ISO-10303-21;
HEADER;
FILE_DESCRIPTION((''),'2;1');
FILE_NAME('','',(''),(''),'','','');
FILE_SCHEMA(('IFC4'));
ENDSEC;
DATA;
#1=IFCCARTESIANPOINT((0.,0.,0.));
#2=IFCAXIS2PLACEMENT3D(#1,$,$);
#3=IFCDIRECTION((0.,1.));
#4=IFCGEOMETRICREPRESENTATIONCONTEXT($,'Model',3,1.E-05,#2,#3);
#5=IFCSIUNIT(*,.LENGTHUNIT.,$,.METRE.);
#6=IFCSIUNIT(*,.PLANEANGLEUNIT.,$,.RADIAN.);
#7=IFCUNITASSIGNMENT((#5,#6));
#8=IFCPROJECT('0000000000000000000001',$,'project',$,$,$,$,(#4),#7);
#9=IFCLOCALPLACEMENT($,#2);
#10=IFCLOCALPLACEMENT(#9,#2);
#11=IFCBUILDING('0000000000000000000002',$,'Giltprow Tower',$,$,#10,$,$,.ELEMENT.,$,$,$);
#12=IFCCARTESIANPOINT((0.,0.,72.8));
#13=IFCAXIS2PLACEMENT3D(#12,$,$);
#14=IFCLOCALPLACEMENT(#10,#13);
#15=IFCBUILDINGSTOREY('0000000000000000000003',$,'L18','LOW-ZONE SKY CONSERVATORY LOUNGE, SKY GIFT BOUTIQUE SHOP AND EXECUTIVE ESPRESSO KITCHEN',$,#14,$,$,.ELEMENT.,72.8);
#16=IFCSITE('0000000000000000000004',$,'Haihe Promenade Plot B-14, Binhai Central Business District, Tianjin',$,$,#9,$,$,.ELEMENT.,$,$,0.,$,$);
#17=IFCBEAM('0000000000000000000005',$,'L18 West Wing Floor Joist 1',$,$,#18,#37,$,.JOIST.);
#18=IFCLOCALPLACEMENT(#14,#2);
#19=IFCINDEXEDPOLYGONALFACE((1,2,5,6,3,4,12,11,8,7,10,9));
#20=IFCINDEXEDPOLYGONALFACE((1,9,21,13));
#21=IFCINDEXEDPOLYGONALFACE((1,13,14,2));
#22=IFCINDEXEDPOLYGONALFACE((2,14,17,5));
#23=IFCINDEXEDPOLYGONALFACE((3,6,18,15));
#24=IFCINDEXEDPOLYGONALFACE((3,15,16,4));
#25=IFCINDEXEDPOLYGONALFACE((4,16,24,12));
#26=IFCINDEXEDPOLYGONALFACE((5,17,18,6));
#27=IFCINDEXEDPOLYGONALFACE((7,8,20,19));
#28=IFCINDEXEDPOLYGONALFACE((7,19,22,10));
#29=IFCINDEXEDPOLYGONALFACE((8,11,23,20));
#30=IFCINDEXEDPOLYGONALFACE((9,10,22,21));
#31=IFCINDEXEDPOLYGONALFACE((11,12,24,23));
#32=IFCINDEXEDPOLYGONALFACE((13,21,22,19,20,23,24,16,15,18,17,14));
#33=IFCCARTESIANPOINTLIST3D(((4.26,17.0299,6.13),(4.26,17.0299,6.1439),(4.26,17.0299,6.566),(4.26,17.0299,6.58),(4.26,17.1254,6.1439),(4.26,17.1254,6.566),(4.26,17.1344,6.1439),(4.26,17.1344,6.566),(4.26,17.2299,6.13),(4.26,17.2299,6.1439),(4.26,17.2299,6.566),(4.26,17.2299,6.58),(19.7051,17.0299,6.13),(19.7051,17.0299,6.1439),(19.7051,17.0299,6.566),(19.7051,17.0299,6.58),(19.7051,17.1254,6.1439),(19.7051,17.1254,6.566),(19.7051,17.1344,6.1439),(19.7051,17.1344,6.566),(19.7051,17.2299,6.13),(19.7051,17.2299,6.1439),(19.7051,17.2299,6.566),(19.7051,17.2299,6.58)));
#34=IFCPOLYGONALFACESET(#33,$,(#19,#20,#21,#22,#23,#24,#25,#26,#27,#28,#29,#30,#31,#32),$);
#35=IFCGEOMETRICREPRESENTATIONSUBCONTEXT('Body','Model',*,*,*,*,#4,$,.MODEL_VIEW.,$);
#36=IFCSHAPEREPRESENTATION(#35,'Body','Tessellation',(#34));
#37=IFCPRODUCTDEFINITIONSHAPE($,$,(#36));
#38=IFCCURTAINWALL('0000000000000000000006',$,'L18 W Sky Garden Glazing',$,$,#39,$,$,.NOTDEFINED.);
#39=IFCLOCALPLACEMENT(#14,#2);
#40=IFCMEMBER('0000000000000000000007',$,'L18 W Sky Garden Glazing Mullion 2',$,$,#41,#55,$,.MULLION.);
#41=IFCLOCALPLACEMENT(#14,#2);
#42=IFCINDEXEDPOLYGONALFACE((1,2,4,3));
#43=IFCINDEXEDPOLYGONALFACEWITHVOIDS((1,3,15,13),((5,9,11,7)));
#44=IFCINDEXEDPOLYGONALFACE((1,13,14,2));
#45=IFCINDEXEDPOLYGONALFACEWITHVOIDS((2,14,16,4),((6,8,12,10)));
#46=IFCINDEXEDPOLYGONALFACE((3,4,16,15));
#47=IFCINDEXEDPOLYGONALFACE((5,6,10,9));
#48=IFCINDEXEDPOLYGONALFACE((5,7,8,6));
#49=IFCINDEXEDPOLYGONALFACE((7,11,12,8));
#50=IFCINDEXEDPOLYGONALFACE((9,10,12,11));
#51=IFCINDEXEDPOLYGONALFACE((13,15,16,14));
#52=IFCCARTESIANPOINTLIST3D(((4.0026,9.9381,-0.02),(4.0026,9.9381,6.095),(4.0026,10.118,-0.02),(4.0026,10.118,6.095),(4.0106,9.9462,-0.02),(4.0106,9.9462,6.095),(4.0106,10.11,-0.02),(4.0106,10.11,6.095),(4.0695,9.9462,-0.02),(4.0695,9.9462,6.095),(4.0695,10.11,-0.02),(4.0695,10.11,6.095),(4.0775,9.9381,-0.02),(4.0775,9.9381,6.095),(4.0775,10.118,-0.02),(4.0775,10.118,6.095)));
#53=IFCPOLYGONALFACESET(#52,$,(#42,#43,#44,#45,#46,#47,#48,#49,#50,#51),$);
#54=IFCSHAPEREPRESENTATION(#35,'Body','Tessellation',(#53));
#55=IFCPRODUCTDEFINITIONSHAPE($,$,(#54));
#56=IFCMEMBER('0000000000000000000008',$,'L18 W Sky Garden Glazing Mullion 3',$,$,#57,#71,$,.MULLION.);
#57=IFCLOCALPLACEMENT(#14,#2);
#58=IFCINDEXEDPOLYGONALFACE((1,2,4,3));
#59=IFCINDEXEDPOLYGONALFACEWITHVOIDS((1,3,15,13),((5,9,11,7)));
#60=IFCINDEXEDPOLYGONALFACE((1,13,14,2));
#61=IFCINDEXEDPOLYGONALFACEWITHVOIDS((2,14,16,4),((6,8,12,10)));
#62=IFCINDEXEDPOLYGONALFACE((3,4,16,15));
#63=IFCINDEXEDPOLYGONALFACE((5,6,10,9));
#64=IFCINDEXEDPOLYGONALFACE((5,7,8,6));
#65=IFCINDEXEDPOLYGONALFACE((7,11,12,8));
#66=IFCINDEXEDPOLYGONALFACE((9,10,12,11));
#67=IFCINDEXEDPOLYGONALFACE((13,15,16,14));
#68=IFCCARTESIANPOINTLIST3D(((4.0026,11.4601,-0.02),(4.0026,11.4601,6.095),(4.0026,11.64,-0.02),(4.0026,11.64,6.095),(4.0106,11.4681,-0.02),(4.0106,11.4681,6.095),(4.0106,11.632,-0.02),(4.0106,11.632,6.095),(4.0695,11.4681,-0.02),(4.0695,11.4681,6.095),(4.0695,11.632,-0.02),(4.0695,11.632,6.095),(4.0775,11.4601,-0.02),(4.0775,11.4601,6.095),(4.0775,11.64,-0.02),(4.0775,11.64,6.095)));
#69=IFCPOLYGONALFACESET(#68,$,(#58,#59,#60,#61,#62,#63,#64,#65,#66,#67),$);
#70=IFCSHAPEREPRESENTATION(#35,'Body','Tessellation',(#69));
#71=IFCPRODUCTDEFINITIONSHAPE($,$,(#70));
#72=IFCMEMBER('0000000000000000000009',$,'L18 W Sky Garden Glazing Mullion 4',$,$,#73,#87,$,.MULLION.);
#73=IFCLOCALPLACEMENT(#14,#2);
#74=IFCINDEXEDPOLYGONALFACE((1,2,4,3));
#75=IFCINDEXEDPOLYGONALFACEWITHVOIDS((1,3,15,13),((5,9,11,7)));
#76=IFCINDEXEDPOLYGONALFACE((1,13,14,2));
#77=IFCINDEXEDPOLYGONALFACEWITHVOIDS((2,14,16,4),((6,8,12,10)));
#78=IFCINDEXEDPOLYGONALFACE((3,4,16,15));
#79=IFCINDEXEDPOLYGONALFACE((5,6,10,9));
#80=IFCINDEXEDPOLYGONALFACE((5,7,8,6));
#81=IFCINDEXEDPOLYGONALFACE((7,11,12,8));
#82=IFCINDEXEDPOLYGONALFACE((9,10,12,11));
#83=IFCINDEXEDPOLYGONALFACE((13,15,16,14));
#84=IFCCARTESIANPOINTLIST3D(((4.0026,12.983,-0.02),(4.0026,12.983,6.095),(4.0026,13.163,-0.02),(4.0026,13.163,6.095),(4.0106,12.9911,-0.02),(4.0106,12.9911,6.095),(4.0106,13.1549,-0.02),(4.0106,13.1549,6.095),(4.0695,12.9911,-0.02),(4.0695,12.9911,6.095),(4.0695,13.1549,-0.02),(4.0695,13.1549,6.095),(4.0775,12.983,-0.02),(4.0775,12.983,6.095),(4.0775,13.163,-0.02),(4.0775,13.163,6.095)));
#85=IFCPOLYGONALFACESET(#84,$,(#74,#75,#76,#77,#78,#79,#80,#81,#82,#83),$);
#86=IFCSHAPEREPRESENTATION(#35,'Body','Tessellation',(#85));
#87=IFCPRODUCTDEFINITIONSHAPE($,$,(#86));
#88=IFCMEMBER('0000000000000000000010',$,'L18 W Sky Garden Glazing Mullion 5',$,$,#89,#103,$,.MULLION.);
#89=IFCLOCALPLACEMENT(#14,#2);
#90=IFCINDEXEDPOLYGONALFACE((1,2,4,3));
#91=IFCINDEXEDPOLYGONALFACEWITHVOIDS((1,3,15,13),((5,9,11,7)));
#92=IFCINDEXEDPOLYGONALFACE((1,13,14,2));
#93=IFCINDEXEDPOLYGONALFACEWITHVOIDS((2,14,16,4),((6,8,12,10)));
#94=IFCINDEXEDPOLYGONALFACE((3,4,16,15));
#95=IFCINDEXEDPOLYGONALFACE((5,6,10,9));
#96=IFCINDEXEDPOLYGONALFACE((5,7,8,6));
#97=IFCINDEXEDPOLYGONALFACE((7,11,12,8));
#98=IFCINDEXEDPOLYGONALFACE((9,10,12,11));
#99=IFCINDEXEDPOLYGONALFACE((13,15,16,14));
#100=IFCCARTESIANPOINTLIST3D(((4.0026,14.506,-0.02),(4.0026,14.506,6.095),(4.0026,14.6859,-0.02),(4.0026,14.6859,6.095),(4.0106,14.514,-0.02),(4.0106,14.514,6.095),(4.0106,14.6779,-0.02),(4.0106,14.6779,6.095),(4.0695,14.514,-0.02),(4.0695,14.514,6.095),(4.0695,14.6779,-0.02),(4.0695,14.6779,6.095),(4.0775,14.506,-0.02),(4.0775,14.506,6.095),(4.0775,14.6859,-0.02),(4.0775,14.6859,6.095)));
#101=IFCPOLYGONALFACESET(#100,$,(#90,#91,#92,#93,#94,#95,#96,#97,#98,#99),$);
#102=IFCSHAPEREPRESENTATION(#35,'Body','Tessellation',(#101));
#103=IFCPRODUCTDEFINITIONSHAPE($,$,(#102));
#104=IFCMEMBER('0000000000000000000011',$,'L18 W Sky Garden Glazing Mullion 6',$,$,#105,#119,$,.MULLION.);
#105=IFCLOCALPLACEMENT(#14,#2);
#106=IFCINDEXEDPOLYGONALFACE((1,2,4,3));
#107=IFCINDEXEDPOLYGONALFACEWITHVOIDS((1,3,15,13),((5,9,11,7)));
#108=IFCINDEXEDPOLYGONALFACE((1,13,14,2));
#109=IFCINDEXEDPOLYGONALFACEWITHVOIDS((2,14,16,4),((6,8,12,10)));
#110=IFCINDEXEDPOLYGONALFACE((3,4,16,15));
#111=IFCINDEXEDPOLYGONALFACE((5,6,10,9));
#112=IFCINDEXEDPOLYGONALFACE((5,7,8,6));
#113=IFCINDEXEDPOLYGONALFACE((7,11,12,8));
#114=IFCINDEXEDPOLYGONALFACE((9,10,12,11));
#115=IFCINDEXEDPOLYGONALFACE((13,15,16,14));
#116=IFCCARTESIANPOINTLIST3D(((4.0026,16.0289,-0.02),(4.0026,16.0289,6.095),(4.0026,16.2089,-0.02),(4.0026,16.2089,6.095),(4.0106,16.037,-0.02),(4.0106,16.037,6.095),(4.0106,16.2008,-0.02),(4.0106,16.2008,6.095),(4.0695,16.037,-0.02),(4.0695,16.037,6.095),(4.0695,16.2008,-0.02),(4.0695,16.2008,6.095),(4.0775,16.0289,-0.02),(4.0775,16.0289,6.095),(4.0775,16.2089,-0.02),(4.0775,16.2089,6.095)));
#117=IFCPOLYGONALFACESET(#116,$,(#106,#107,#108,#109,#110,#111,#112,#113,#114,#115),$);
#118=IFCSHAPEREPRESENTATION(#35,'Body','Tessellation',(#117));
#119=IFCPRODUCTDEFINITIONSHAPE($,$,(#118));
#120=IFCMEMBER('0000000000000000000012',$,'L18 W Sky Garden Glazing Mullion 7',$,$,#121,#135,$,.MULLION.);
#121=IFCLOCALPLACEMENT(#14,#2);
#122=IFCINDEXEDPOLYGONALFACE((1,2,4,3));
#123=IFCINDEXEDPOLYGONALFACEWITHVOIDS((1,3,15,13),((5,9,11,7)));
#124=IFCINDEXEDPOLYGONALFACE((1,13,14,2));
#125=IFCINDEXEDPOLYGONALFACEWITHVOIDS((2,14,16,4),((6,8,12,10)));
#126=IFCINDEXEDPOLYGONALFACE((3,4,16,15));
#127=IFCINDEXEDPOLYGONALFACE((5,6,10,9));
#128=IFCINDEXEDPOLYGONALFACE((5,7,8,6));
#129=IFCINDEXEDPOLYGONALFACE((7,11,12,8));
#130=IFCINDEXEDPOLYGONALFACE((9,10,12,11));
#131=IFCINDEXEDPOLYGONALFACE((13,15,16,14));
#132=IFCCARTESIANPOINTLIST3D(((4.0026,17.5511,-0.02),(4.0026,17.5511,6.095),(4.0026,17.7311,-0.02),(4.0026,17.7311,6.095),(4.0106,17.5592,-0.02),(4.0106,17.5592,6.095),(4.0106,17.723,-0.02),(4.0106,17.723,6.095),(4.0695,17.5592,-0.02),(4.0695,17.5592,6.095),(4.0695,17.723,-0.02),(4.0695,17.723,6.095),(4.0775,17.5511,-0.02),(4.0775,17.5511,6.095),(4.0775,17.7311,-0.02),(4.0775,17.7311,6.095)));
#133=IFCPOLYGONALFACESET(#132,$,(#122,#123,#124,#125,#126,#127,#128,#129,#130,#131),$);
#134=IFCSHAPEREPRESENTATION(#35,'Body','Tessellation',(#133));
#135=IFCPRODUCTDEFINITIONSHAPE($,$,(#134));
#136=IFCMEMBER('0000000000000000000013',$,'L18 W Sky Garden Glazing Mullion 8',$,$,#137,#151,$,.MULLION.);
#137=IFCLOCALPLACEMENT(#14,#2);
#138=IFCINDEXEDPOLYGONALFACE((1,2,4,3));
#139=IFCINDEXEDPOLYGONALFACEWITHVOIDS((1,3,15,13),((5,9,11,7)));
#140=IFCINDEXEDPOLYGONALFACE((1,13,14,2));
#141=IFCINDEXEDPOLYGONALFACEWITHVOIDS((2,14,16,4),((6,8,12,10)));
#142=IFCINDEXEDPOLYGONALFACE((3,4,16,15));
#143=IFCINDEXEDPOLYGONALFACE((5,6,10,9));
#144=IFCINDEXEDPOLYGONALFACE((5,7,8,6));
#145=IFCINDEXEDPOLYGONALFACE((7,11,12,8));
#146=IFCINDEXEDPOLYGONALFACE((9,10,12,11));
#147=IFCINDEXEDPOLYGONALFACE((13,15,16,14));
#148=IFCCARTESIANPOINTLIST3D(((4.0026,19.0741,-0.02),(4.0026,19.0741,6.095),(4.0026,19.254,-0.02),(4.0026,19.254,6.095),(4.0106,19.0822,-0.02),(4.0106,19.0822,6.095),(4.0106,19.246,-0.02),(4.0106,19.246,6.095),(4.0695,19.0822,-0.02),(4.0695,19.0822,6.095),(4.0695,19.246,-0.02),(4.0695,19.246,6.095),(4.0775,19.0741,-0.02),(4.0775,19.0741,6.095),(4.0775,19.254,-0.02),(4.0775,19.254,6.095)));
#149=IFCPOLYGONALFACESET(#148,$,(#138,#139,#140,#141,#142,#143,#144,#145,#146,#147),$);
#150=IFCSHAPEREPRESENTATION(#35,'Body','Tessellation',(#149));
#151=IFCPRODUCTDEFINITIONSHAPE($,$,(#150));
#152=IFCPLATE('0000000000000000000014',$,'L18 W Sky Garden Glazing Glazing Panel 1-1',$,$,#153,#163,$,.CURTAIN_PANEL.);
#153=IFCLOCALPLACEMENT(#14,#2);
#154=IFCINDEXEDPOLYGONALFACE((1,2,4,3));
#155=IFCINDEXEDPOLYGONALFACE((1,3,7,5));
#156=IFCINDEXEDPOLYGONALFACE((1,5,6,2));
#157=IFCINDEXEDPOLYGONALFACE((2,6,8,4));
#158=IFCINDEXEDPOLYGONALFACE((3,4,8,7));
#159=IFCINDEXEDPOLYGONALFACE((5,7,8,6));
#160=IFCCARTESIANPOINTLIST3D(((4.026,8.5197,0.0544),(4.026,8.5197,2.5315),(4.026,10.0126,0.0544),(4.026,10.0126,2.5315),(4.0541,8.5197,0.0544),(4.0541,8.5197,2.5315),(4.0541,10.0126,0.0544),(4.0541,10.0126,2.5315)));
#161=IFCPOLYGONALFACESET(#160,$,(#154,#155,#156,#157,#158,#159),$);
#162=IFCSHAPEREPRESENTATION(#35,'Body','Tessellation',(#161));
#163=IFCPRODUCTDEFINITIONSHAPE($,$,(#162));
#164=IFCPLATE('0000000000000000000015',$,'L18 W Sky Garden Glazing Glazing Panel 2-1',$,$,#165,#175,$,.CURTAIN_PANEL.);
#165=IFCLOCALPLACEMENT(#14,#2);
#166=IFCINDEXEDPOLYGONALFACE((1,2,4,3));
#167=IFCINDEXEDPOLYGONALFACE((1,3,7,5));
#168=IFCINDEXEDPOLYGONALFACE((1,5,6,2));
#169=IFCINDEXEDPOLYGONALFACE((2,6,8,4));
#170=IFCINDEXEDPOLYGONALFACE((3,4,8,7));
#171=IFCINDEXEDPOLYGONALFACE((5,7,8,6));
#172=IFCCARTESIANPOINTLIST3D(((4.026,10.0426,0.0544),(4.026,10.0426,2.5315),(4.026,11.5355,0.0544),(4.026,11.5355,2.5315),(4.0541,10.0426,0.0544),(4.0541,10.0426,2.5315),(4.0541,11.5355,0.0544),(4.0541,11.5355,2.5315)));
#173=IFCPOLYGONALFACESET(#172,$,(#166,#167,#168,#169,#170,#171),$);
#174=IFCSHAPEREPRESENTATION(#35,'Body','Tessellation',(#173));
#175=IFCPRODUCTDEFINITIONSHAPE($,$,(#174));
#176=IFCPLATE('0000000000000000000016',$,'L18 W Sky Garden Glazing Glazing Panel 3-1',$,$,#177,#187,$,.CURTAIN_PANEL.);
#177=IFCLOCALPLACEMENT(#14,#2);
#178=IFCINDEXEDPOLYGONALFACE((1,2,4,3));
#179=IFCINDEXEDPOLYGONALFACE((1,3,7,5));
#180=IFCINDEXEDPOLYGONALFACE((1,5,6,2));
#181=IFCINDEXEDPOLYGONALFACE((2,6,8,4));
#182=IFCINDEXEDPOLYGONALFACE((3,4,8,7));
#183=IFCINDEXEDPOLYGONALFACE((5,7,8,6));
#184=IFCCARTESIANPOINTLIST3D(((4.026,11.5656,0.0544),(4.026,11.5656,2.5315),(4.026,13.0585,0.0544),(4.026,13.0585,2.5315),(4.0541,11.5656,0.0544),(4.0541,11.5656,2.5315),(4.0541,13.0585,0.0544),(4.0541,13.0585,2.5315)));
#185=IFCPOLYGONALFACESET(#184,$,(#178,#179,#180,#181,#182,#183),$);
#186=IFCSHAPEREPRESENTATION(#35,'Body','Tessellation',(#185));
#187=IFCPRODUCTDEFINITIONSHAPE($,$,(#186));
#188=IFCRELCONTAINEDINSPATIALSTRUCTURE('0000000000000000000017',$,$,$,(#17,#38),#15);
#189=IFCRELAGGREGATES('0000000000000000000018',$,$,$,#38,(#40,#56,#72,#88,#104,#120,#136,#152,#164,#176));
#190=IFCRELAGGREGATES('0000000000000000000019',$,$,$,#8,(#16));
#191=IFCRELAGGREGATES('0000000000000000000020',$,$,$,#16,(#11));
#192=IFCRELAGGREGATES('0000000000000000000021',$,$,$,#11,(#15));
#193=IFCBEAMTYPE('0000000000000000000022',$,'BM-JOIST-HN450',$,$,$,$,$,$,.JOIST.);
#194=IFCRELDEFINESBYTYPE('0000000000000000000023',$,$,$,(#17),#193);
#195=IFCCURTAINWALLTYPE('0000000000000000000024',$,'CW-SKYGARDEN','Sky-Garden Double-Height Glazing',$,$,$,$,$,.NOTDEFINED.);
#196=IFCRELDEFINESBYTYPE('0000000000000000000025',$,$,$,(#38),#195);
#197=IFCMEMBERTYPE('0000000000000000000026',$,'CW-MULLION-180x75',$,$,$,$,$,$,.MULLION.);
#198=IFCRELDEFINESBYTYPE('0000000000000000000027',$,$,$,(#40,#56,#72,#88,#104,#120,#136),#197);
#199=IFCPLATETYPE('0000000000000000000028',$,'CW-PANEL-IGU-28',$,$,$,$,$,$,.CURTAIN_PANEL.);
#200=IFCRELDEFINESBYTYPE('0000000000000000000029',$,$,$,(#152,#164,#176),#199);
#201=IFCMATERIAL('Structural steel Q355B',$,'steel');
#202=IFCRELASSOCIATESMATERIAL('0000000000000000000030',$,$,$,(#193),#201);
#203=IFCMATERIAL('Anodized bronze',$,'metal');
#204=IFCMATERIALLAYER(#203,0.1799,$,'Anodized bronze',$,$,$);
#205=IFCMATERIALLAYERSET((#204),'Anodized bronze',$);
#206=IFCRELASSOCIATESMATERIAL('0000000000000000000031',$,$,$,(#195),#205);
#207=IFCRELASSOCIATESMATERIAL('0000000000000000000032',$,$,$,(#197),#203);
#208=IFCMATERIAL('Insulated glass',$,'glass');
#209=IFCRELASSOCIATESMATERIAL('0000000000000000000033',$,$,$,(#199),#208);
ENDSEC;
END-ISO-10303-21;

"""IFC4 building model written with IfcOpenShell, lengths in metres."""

from ifc_helpers import new_model, si_unit, direction, frame, origin, origin_2d, place, context, subcontext, project, spatial, rectangle, hollow_rectangle, i_section, extrude, source, transform, mapped, material, layer, layer_set, material_profile, profile_set, type_object, element, aggregate, save


model = new_model("IFC4")

# Units and contexts
model_context = context("Model", 3, precision=1e-05, world=origin(), true_north=direction((0.0, 1.0)))
body_context = subcontext(model_context, "Body", "Model", "MODEL_VIEW")
ifc_project = project(units=[si_unit("LENGTHUNIT", "METRE"), si_unit("PLANEANGLEUNIT", "RADIAN")], contexts=[model_context])

# Site, building, storey
site_placement = place(None, origin())
site = spatial("IfcSite", under=ifc_project, at=site_placement, Name="Haihe Promenade Plot B-14, Binhai Central Business District, Tianjin", CompositionType="ELEMENT", RefElevation=0.0)
building_placement = place(site_placement, origin())
building = spatial("IfcBuilding", under=site, at=building_placement, Name="Giltprow Tower", CompositionType="ELEMENT")
storey_placement = place(building_placement, frame((0.0, 0.0, 72.8)))
storey = spatial("IfcBuildingStorey", under=building, at=storey_placement, Name="L18", Description="LOW-ZONE SKY CONSERVATORY LOUNGE, SKY GIFT BOUTIQUE SHOP AND EXECUTIVE ESPRESSO KITCHEN", CompositionType="ELEMENT", Elevation=72.8)

# Beam
ifc_material_1 = material(Name="Structural steel Q355B", Category="steel")
ifc_material_profile_1 = material_profile(ifc_material_1, i_section(OverallWidth=0.2, OverallDepth=0.45, WebThickness=0.009, FlangeThickness=0.0139, at=origin_2d()), Name="HN 450x200x9x14")
ifc_profile_set_1 = profile_set([ifc_material_profile_1], Name="Structural steel Q355B")
beam_type = type_object("IfcBeamType", Name="BM-JOIST-HN450", PredefinedType="JOIST", material=ifc_profile_set_1)
shared_shape_1 = source(origin(), body_context, "Body", "SweptSolid", [
    extrude(i_section(OverallWidth=0.2, OverallDepth=0.45, WebThickness=0.009, FlangeThickness=0.0139, at=origin_2d()), origin(), (0.0, 0.0, 1.0), 15.4451),
])
beam_placement = place(storey_placement, frame((4.26, 17.1299, 6.355), z_axis=(1.0, 0.0, 0.0), x_axis=(0.0, 1.0, 0.0)))
element("IfcBeam", 1, at=beam_placement, inside=storey, type_object=beam_type, Name="L18 West Wing Floor Joist 1", PredefinedType="JOIST", context=body_context, shape_type="MappedRepresentation", body=[
    mapped(shared_shape_1, transform((0.0, 0.0, 0.0), x_axis=(1.0, 0.0, 0.0), y_axis=(0.0, 1.0, 0.0), z_axis=(0.0, 0.0, 1.0), scale=1.0)),
])

# Curtain wall, members, plates
ifc_material_2 = material(Name="Anodized bronze", Category="metal")
ifc_layer_1 = layer(ifc_material_2, 0.1799, Name="Anodized bronze")
ifc_layer_set_1 = layer_set([ifc_layer_1], Name="Anodized bronze")
curtain_wall_type = type_object("IfcCurtainWallType", Name="CW-SKYGARDEN", Description="Sky-Garden Double-Height Glazing", PredefinedType="NOTDEFINED", material=ifc_layer_set_1)
curtain_wall_placement = place(storey_placement, origin())
curtain_wall = element("IfcCurtainWall", 2, at=curtain_wall_placement, inside=storey, type_object=curtain_wall_type, Name="L18 W Sky Garden Glazing", PredefinedType="NOTDEFINED")
ifc_material_profile_2 = material_profile(ifc_material_2, hollow_rectangle(XDim=0.075, YDim=0.1799, WallThickness=0.0081, at=origin_2d()), Name="RHS 180x75x8")
ifc_profile_set_2 = profile_set([ifc_material_profile_2], Name="Anodized bronze")
member_type = type_object("IfcMemberType", Name="CW-MULLION-180x75", PredefinedType="MULLION", material=ifc_profile_set_2)
shared_shape_2 = source(origin(), body_context, "Body", "SweptSolid", [
    extrude(hollow_rectangle(XDim=0.075, YDim=0.1799, WallThickness=0.0081, at=origin_2d()), origin(), (0.0, 0.0, 1.0), 6.115),
])
member_1_placement = place(storey_placement, frame((4.04, 10.0281, -0.02), z_axis=(0.0, 0.0, 1.0), x_axis=(1.0, 0.0, 0.0)))
member_1 = element("IfcMember", 3, at=member_1_placement, type_object=member_type, Name="L18 W Sky Garden Glazing Mullion 2", PredefinedType="MULLION", context=body_context, shape_type="MappedRepresentation", body=[
    mapped(shared_shape_2, transform((0.0, 0.0, 0.0), x_axis=(1.0, 0.0, 0.0), y_axis=(0.0, 1.0, 0.0), z_axis=(0.0, 0.0, 1.0), scale=1.0)),
])
member_2_placement = place(storey_placement, frame((4.04, 11.55, -0.02), z_axis=(0.0, 0.0, 1.0), x_axis=(1.0, 0.0, 0.0)))
member_2 = element("IfcMember", 4, at=member_2_placement, type_object=member_type, Name="L18 W Sky Garden Glazing Mullion 3", PredefinedType="MULLION", context=body_context, shape_type="MappedRepresentation", body=[
    mapped(shared_shape_2, transform((0.0, 0.0, 0.0), x_axis=(1.0, 0.0, 0.0), y_axis=(0.0, 1.0, 0.0), z_axis=(0.0, 0.0, 1.0), scale=1.0)),
])
member_3_placement = place(storey_placement, frame((4.04, 13.073, -0.02), z_axis=(0.0, 0.0, 1.0), x_axis=(1.0, 0.0, 0.0)))
member_3 = element("IfcMember", 5, at=member_3_placement, type_object=member_type, Name="L18 W Sky Garden Glazing Mullion 4", PredefinedType="MULLION", context=body_context, shape_type="MappedRepresentation", body=[
    mapped(shared_shape_2, transform((0.0, 0.0, 0.0), x_axis=(1.0, 0.0, 0.0), y_axis=(0.0, 1.0, 0.0), z_axis=(0.0, 0.0, 1.0), scale=1.0)),
])
member_4_placement = place(storey_placement, frame((4.04, 14.5959, -0.02), z_axis=(0.0, 0.0, 1.0), x_axis=(1.0, 0.0, 0.0)))
member_4 = element("IfcMember", 6, at=member_4_placement, type_object=member_type, Name="L18 W Sky Garden Glazing Mullion 5", PredefinedType="MULLION", context=body_context, shape_type="MappedRepresentation", body=[
    mapped(shared_shape_2, transform((0.0, 0.0, 0.0), x_axis=(1.0, 0.0, 0.0), y_axis=(0.0, 1.0, 0.0), z_axis=(0.0, 0.0, 1.0), scale=1.0)),
])
member_5_placement = place(storey_placement, frame((4.04, 16.1189, -0.02), z_axis=(0.0, 0.0, 1.0), x_axis=(1.0, 0.0, 0.0)))
member_5 = element("IfcMember", 7, at=member_5_placement, type_object=member_type, Name="L18 W Sky Garden Glazing Mullion 6", PredefinedType="MULLION", context=body_context, shape_type="MappedRepresentation", body=[
    mapped(shared_shape_2, transform((0.0, 0.0, 0.0), x_axis=(1.0, 0.0, 0.0), y_axis=(0.0, 1.0, 0.0), z_axis=(0.0, 0.0, 1.0), scale=1.0)),
])
member_6_placement = place(storey_placement, frame((4.04, 17.6411, -0.02), z_axis=(0.0, 0.0, 1.0), x_axis=(1.0, 0.0, 0.0)))
member_6 = element("IfcMember", 8, at=member_6_placement, type_object=member_type, Name="L18 W Sky Garden Glazing Mullion 7", PredefinedType="MULLION", context=body_context, shape_type="MappedRepresentation", body=[
    mapped(shared_shape_2, transform((0.0, 0.0, 0.0), x_axis=(1.0, 0.0, 0.0), y_axis=(0.0, 1.0, 0.0), z_axis=(0.0, 0.0, 1.0), scale=1.0)),
])
member_7_placement = place(storey_placement, frame((4.04, 19.1641, -0.02), z_axis=(0.0, 0.0, 1.0), x_axis=(1.0, 0.0, 0.0)))
member_7 = element("IfcMember", 9, at=member_7_placement, type_object=member_type, Name="L18 W Sky Garden Glazing Mullion 8", PredefinedType="MULLION", context=body_context, shape_type="MappedRepresentation", body=[
    mapped(shared_shape_2, transform((0.0, 0.0, 0.0), x_axis=(1.0, 0.0, 0.0), y_axis=(0.0, 1.0, 0.0), z_axis=(0.0, 0.0, 1.0), scale=1.0)),
])
ifc_material_3 = material(Name="Insulated glass", Category="glass")
plate_type = type_object("IfcPlateType", Name="CW-PANEL-IGU-28", PredefinedType="CURTAIN_PANEL", material=ifc_material_3)
shared_shape_3 = source(origin(), body_context, "Body", "SweptSolid", [
    extrude(rectangle(XDim=1.4929, YDim=0.0281, at=origin_2d()), origin(), (0.0, 0.0, 1.0), 2.4771),
])
plate_1_placement = place(storey_placement, frame((4.04, 9.2661, 0.0544), z_axis=(0.0, 0.0, 1.0), x_axis=(0.0, 1.0, 0.0)))
plate_1 = element("IfcPlate", 10, at=plate_1_placement, type_object=plate_type, Name="L18 W Sky Garden Glazing Glazing Panel 1-1", PredefinedType="CURTAIN_PANEL", context=body_context, shape_type="MappedRepresentation", body=[
    mapped(shared_shape_3, transform((0.0, 0.0, 0.0), x_axis=(1.0, 0.0, 0.0), y_axis=(0.0, 1.0, 0.0), z_axis=(0.0, 0.0, 1.0), scale=1.0)),
])
plate_2_placement = place(storey_placement, frame((4.04, 10.7891, 0.0544), z_axis=(0.0, 0.0, 1.0), x_axis=(0.0, 1.0, 0.0)))
plate_2 = element("IfcPlate", 11, at=plate_2_placement, type_object=plate_type, Name="L18 W Sky Garden Glazing Glazing Panel 2-1", PredefinedType="CURTAIN_PANEL", context=body_context, shape_type="MappedRepresentation", body=[
    mapped(shared_shape_3, transform((0.0, 0.0, 0.0), x_axis=(1.0, 0.0, 0.0), y_axis=(0.0, 1.0, 0.0), z_axis=(0.0, 0.0, 1.0), scale=1.0)),
])
plate_3_placement = place(storey_placement, frame((4.04, 12.312, 0.0544), z_axis=(0.0, 0.0, 1.0), x_axis=(0.0, 1.0, 0.0)))
plate_3 = element("IfcPlate", 12, at=plate_3_placement, type_object=plate_type, Name="L18 W Sky Garden Glazing Glazing Panel 3-1", PredefinedType="CURTAIN_PANEL", context=body_context, shape_type="MappedRepresentation", body=[
    mapped(shared_shape_3, transform((0.0, 0.0, 0.0), x_axis=(1.0, 0.0, 0.0), y_axis=(0.0, 1.0, 0.0), z_axis=(0.0, 0.0, 1.0), scale=1.0)),
])
aggregate(curtain_wall, [member_1, member_2, member_3, member_4, member_5, member_6, member_7, plate_1, plate_2, plate_3])

save(model, "model.ifc")
